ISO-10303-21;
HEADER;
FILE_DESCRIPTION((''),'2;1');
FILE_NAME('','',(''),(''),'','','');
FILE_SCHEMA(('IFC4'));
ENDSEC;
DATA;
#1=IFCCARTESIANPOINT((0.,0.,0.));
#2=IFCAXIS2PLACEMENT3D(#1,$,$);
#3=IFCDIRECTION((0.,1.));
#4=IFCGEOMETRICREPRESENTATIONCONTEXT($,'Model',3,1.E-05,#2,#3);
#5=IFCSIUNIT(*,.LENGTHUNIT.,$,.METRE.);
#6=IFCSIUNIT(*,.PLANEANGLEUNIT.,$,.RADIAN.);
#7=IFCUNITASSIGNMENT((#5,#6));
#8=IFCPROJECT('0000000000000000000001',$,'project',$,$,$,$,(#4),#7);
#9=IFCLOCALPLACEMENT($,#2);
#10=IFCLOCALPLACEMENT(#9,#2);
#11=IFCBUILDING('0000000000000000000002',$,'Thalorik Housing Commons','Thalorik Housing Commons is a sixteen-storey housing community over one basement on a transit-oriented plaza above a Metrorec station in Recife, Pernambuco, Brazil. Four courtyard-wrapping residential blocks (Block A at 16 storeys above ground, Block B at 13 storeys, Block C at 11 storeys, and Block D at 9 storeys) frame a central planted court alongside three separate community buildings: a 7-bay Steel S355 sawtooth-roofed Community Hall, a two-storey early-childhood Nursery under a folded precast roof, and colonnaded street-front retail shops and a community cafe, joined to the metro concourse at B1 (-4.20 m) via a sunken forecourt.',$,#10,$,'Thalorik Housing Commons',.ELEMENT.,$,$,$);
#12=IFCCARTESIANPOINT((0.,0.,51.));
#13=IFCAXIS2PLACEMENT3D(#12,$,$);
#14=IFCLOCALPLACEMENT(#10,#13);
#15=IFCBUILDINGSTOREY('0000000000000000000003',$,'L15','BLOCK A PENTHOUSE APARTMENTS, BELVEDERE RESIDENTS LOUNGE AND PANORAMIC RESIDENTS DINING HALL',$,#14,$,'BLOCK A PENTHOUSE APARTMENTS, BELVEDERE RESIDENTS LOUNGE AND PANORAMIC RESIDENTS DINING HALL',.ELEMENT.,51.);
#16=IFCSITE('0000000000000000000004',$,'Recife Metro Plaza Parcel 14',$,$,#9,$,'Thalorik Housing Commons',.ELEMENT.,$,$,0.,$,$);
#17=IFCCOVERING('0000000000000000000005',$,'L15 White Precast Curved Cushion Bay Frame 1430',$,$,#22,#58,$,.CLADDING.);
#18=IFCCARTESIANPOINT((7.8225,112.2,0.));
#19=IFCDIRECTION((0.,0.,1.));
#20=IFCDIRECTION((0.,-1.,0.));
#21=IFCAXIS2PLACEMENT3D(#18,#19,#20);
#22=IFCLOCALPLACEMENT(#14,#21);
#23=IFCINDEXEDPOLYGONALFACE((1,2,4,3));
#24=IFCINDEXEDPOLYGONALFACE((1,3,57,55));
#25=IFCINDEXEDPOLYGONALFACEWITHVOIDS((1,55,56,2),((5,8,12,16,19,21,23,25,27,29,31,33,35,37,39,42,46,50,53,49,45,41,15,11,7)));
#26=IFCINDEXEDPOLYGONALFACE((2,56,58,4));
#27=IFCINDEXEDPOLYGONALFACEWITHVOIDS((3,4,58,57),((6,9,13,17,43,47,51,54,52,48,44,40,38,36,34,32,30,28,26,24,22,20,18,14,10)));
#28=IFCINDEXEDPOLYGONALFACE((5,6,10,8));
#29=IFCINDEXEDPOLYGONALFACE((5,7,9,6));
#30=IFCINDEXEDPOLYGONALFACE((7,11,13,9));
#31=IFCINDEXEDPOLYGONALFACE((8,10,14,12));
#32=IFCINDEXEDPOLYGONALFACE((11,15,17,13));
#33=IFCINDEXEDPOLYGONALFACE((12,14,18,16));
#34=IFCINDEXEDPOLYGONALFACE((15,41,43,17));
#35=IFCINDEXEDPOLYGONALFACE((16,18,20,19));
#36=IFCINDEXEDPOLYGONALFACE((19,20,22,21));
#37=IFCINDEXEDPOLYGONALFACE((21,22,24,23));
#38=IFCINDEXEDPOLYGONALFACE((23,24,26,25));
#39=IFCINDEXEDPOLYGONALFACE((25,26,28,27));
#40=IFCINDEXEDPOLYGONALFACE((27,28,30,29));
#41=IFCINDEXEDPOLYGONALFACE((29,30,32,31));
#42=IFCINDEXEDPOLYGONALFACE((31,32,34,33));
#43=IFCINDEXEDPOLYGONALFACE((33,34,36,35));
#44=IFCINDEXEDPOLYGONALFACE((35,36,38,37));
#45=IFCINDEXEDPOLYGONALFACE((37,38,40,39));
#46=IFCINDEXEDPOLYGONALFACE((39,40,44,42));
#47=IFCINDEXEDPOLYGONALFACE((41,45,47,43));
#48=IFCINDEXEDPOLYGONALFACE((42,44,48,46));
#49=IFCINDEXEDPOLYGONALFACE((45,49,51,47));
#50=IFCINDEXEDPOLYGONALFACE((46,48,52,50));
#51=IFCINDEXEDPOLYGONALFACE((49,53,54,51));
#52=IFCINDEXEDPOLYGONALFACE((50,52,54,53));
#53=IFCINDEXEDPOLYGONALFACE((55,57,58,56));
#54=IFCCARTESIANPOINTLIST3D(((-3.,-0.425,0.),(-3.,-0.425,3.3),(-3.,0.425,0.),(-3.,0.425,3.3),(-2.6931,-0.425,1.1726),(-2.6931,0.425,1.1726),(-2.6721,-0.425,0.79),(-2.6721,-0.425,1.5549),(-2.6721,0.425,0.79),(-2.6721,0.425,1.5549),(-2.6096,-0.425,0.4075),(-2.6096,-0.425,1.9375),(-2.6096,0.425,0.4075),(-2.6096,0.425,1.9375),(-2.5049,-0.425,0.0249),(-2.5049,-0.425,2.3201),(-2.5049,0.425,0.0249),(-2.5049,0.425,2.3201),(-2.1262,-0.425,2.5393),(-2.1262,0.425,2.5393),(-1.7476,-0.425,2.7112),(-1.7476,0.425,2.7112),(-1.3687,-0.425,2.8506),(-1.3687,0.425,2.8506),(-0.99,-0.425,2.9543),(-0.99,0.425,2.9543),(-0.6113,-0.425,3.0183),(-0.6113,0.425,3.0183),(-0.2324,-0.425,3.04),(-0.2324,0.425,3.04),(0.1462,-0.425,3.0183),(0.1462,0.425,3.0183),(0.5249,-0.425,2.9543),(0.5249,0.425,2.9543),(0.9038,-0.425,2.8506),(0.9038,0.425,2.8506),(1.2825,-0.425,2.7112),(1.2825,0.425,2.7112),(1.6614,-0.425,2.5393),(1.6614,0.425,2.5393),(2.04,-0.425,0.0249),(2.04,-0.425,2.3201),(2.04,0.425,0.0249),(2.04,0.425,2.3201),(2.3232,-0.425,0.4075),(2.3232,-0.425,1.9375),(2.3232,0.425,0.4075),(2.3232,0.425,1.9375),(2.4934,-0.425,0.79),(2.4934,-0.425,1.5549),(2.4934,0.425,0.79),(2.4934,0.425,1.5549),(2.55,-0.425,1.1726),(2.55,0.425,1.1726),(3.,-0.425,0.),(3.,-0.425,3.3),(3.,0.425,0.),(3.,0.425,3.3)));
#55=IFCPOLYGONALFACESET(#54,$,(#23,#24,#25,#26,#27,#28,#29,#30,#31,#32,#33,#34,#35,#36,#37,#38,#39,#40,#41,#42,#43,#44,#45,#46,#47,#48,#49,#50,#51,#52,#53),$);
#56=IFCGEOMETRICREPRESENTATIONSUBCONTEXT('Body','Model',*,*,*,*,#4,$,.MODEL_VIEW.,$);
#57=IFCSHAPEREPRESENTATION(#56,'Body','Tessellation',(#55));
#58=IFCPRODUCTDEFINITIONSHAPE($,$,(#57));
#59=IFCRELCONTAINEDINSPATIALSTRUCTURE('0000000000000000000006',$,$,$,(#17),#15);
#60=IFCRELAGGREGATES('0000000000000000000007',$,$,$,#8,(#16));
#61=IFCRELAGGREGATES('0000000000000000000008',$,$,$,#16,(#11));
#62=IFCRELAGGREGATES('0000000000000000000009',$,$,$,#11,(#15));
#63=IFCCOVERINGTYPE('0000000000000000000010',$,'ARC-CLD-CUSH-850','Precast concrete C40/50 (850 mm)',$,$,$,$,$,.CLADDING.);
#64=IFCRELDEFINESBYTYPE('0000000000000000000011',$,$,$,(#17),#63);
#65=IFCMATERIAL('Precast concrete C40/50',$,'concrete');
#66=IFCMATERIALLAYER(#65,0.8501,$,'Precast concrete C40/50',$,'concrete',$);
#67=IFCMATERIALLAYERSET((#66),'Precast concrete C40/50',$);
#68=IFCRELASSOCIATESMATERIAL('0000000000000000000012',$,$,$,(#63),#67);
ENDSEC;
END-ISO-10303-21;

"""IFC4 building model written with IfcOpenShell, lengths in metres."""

from ifc_helpers import new_model, si_unit, direction, frame, origin, place, context, subcontext, project, spatial, polyline, outline, extrude, material, layer, layer_set, type_object, element, save


model = new_model("IFC4")

# Units and contexts
model_context = context("Model", 3, precision=1e-05, world=origin(), true_north=direction((0.0, 1.0)))
body_context = subcontext(model_context, "Body", "Model", "MODEL_VIEW")
ifc_project = project(units=[si_unit("LENGTHUNIT", "METRE"), si_unit("PLANEANGLEUNIT", "RADIAN")], contexts=[model_context])

# Site, building, storey
site_placement = place(None, origin())
site = spatial("IfcSite", under=ifc_project, at=site_placement, Name="Recife Metro Plaza Parcel 14", LongName="Thalorik Housing Commons", CompositionType="ELEMENT", RefElevation=0.0)
building_placement = place(site_placement, origin())
building = spatial("IfcBuilding", under=site, at=building_placement, Name="Thalorik Housing Commons", Description="Thalorik Housing Commons is a sixteen-storey housing community over one basement on a transit-oriented plaza above a Metrorec station in Recife, Pernambuco, Brazil. Four courtyard-wrapping residential blocks (Block A at 16 storeys above ground, Block B at 13 storeys, Block C at 11 storeys, and Block D at 9 storeys) frame a central planted court alongside three separate community buildings: a 7-bay Steel S355 sawtooth-roofed Community Hall, a two-storey early-childhood Nursery under a folded precast roof, and colonnaded street-front retail shops and a community cafe, joined to the metro concourse at B1 (-4.20 m) via a sunken forecourt.", LongName="Thalorik Housing Commons", CompositionType="ELEMENT")
storey_placement = place(building_placement, frame((0.0, 0.0, 51.0)))
storey = spatial("IfcBuildingStorey", under=building, at=storey_placement, Name="L15", Description="BLOCK A PENTHOUSE APARTMENTS, BELVEDERE RESIDENTS LOUNGE AND PANORAMIC RESIDENTS DINING HALL", LongName="BLOCK A PENTHOUSE APARTMENTS, BELVEDERE RESIDENTS LOUNGE AND PANORAMIC RESIDENTS DINING HALL", CompositionType="ELEMENT", Elevation=51.0)

# Shared definitions
ifc_material_1 = material(Name="Precast concrete C40/50", Category="concrete")

# Covering
ifc_layer_1 = layer(ifc_material_1, 0.8501, Name="Precast concrete C40/50", Category="concrete")
ifc_layer_set_1 = layer_set([ifc_layer_1], Name="Precast concrete C40/50")
covering_type_1 = type_object("IfcCoveringType", Name="ARC-CLD-CUSH-850", Description="Precast concrete C40/50 (850 mm)", PredefinedType="CLADDING", material=ifc_layer_set_1)
covering_1_placement = place(storey_placement, frame((7.8225, 112.2, 0.0), z_axis=(0.0, 0.0, 1.0), x_axis=(0.0, -1.0, 0.0)))
element("IfcCovering", 1, at=covering_1_placement, inside=storey, type_object=covering_type_1, Name="L15 White Precast Curved Cushion Bay Frame 1430", PredefinedType="CLADDING", context=body_context, shape_type="SweptSolid", body=[
    extrude(outline(polyline([(-3.0, 0.0), (3.0, 0.0), (3.0, 3.3), (-3.0, 3.3), (-3.0, 0.0)]), holes=[polyline([(2.04, 0.0249), (2.3232, 0.4075), (2.4934, 0.79), (2.55, 1.1726), (2.4934, 1.5549), (2.3232, 1.9375), (2.04, 2.3201), (1.6614, 2.5393), (1.2825, 2.7112), (0.9038, 2.8506), (0.5249, 2.9543), (0.1462, 3.0183), (-0.2324, 3.04), (-0.6113, 3.0183), (-0.99, 2.9543), (-1.3687, 2.8506), (-1.7476, 2.7112), (-2.1262, 2.5393), (-2.5049, 2.3201), (-2.6096, 1.9375), (-2.6721, 1.5549), (-2.6931, 1.1726), (-2.6721, 0.79), (-2.6096, 0.4075), (-2.5049, 0.0249), (2.04, 0.0249)])]), frame((0.0, 0.425, 0.0), z_axis=(0.0, -1.0, 0.0), x_axis=(1.0, 0.0, 0.0)), (0.0, 0.0, 1.0), 0.8501),
])

save(model, "model.ifc")
